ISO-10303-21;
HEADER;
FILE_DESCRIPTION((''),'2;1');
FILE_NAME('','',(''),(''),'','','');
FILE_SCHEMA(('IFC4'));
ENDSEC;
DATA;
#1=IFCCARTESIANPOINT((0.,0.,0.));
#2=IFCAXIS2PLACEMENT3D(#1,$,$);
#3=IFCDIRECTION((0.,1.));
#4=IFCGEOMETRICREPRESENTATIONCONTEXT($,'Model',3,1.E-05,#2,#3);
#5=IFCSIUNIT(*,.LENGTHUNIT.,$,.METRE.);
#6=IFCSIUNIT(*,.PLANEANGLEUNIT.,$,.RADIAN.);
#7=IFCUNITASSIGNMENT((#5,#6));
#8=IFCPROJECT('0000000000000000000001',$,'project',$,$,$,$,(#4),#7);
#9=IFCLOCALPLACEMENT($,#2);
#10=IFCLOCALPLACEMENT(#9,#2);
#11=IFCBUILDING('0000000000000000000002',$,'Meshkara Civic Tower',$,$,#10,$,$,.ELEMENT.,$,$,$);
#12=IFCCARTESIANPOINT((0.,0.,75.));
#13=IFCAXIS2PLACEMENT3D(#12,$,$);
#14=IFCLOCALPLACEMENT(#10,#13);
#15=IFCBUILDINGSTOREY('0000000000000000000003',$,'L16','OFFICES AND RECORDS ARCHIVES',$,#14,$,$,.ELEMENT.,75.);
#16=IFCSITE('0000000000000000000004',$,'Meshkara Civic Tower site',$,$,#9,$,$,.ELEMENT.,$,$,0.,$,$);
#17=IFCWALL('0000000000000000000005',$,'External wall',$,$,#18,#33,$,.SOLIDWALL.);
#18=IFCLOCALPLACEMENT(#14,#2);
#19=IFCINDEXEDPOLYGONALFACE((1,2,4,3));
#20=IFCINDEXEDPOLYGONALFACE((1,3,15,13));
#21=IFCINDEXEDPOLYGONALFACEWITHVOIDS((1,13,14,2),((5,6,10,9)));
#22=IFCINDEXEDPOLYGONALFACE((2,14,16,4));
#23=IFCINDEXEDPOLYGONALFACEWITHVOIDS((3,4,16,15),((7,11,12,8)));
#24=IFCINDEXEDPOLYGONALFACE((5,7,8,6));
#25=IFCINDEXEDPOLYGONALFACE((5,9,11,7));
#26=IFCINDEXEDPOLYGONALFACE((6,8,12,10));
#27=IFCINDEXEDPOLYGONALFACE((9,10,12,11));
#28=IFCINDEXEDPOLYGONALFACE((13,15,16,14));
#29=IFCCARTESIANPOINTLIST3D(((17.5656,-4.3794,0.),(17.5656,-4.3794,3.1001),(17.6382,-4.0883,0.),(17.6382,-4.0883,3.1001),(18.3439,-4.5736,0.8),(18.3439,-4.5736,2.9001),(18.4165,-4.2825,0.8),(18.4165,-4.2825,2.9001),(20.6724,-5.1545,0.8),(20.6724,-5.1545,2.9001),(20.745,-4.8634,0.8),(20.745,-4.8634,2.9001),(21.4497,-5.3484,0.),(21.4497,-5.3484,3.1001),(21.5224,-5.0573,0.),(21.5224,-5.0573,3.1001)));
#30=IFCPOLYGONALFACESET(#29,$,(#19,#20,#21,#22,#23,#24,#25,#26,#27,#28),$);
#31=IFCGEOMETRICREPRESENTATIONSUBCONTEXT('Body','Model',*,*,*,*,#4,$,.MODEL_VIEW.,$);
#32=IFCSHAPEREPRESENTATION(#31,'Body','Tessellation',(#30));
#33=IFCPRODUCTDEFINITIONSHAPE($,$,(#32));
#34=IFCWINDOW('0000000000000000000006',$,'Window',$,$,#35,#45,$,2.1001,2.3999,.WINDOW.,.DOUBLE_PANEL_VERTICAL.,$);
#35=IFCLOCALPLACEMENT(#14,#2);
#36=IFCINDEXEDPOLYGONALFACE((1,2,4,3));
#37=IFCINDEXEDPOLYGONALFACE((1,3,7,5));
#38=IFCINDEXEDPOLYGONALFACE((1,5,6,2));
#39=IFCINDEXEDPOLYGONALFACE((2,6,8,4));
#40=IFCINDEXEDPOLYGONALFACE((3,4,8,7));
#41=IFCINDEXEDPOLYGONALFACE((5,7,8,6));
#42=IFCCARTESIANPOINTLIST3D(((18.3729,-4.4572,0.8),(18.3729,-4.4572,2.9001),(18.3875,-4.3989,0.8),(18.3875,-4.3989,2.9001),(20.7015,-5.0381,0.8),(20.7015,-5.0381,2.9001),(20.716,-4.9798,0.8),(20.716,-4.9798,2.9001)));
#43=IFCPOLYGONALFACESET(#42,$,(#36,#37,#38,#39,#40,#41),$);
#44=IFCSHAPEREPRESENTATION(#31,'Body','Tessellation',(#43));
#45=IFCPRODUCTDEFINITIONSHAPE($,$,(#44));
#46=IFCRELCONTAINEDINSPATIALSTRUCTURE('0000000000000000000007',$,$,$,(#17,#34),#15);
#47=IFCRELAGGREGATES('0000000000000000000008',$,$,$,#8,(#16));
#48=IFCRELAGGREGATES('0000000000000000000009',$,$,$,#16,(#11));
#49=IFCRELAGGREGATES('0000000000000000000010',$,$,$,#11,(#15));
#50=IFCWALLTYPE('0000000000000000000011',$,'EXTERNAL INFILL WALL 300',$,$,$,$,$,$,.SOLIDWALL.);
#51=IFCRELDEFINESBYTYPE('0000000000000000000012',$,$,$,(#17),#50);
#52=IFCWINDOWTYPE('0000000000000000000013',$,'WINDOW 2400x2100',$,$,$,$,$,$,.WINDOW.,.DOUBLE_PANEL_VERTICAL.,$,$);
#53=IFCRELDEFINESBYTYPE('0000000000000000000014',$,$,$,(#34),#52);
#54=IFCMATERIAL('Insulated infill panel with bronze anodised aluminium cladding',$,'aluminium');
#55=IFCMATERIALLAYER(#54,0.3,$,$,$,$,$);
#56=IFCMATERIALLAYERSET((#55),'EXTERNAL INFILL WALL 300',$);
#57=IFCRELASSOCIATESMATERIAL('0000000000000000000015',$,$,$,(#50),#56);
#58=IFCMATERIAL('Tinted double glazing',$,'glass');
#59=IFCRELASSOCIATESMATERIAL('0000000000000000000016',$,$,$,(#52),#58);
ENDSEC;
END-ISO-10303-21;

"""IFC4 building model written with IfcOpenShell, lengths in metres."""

from ifc_helpers import new_model, si_unit, direction, frame, frame_2d, origin, place, context, subcontext, project, spatial, rectangle, extrude, material, layer, layer_set, type_object, element, fill, save


model = new_model("IFC4")

# Units and contexts
model_context = context("Model", 3, precision=1e-05, world=origin(), true_north=direction((0.0, 1.0)))
body_context = subcontext(model_context, "Body", "Model", "MODEL_VIEW")
ifc_project = project(units=[si_unit("LENGTHUNIT", "METRE"), si_unit("PLANEANGLEUNIT", "RADIAN")], contexts=[model_context])

# Site, building, storey
site_placement = place(None, origin())
site = spatial("IfcSite", under=ifc_project, at=site_placement, Name="Meshkara Civic Tower site", CompositionType="ELEMENT", RefElevation=0.0)
building_placement = place(site_placement, origin())
building = spatial("IfcBuilding", under=site, at=building_placement, Name="Meshkara Civic Tower", CompositionType="ELEMENT")
storey_placement = place(building_placement, frame((0.0, 0.0, 75.0)))
storey = spatial("IfcBuildingStorey", under=building, at=storey_placement, Name="L16", Description="OFFICES AND RECORDS ARCHIVES", CompositionType="ELEMENT", Elevation=75.0)

# Wall, opening, window
ifc_material_1 = material(Name="Insulated infill panel with bronze anodised aluminium cladding", Category="aluminium")
ifc_layer = layer(ifc_material_1, 0.3)
ifc_layer_set = layer_set([ifc_layer], Name="EXTERNAL INFILL WALL 300")
wall_type = type_object("IfcWallType", Name="EXTERNAL INFILL WALL 300", PredefinedType="SOLIDWALL", material=ifc_layer_set)
ifc_material_2 = material(Name="Tinted double glazing", Category="glass")
window_type = type_object("IfcWindowType", Name="WINDOW 2400x2100", PartitioningType="DOUBLE_PANEL_VERTICAL", PredefinedType="WINDOW", material=ifc_material_2)
wall_1_placement = place(storey_placement, frame((17.6021, -4.2339, 0.0), z_axis=(0.0, 0.0, 1.0), x_axis=(0.970261, -0.242062, 0.0)))
wall_1 = element("IfcWall", 1, at=wall_1_placement, inside=storey, type_object=wall_type, Name="External wall", PredefinedType="SOLIDWALL", context=body_context, shape_type="SweptSolid", body=[
    extrude(rectangle(XDim=4.0032, YDim=0.3, at=frame_2d((2.0015, 0.0))), origin(), (0.0, 0.0, 1.0), 3.1001),
])
opening_1_placement = place(wall_1_placement, frame((0.802, 0.0, 0.8)))
opening_1 = element("IfcOpeningElement", 2, at=opening_1_placement, cuts=wall_1, PredefinedType="OPENING", context=body_context, shape_type="SweptSolid", body=[
    extrude(rectangle(XDim=2.3999, YDim=2.1001, at=frame_2d((1.2, 1.05))), frame((0.0, 0.1599, 0.0), z_axis=(0.0, -1.0, 0.0), x_axis=(1.0, 0.0, 0.0)), (0.0, 0.0, 1.0), 0.3201),
])
window_1_placement = place(opening_1_placement, origin())
window_1 = element("IfcWindow", 3, at=window_1_placement, inside=storey, type_object=window_type, Name="Window", OverallHeight=2.1001, OverallWidth=2.3999, PartitioningType="DOUBLE_PANEL_VERTICAL", PredefinedType="WINDOW", context=body_context, shape_type="SweptSolid", body=[
    extrude(rectangle(XDim=2.3999, YDim=2.1001, at=frame_2d((1.2, 1.05))), frame((0.0, 0.03, 0.0), z_axis=(0.0, -1.0, 0.0), x_axis=(1.0, 0.0, 0.0)), (0.0, 0.0, 1.0), 0.0601),
])
fill(opening_1, window_1)

save(model, "model.ifc")
